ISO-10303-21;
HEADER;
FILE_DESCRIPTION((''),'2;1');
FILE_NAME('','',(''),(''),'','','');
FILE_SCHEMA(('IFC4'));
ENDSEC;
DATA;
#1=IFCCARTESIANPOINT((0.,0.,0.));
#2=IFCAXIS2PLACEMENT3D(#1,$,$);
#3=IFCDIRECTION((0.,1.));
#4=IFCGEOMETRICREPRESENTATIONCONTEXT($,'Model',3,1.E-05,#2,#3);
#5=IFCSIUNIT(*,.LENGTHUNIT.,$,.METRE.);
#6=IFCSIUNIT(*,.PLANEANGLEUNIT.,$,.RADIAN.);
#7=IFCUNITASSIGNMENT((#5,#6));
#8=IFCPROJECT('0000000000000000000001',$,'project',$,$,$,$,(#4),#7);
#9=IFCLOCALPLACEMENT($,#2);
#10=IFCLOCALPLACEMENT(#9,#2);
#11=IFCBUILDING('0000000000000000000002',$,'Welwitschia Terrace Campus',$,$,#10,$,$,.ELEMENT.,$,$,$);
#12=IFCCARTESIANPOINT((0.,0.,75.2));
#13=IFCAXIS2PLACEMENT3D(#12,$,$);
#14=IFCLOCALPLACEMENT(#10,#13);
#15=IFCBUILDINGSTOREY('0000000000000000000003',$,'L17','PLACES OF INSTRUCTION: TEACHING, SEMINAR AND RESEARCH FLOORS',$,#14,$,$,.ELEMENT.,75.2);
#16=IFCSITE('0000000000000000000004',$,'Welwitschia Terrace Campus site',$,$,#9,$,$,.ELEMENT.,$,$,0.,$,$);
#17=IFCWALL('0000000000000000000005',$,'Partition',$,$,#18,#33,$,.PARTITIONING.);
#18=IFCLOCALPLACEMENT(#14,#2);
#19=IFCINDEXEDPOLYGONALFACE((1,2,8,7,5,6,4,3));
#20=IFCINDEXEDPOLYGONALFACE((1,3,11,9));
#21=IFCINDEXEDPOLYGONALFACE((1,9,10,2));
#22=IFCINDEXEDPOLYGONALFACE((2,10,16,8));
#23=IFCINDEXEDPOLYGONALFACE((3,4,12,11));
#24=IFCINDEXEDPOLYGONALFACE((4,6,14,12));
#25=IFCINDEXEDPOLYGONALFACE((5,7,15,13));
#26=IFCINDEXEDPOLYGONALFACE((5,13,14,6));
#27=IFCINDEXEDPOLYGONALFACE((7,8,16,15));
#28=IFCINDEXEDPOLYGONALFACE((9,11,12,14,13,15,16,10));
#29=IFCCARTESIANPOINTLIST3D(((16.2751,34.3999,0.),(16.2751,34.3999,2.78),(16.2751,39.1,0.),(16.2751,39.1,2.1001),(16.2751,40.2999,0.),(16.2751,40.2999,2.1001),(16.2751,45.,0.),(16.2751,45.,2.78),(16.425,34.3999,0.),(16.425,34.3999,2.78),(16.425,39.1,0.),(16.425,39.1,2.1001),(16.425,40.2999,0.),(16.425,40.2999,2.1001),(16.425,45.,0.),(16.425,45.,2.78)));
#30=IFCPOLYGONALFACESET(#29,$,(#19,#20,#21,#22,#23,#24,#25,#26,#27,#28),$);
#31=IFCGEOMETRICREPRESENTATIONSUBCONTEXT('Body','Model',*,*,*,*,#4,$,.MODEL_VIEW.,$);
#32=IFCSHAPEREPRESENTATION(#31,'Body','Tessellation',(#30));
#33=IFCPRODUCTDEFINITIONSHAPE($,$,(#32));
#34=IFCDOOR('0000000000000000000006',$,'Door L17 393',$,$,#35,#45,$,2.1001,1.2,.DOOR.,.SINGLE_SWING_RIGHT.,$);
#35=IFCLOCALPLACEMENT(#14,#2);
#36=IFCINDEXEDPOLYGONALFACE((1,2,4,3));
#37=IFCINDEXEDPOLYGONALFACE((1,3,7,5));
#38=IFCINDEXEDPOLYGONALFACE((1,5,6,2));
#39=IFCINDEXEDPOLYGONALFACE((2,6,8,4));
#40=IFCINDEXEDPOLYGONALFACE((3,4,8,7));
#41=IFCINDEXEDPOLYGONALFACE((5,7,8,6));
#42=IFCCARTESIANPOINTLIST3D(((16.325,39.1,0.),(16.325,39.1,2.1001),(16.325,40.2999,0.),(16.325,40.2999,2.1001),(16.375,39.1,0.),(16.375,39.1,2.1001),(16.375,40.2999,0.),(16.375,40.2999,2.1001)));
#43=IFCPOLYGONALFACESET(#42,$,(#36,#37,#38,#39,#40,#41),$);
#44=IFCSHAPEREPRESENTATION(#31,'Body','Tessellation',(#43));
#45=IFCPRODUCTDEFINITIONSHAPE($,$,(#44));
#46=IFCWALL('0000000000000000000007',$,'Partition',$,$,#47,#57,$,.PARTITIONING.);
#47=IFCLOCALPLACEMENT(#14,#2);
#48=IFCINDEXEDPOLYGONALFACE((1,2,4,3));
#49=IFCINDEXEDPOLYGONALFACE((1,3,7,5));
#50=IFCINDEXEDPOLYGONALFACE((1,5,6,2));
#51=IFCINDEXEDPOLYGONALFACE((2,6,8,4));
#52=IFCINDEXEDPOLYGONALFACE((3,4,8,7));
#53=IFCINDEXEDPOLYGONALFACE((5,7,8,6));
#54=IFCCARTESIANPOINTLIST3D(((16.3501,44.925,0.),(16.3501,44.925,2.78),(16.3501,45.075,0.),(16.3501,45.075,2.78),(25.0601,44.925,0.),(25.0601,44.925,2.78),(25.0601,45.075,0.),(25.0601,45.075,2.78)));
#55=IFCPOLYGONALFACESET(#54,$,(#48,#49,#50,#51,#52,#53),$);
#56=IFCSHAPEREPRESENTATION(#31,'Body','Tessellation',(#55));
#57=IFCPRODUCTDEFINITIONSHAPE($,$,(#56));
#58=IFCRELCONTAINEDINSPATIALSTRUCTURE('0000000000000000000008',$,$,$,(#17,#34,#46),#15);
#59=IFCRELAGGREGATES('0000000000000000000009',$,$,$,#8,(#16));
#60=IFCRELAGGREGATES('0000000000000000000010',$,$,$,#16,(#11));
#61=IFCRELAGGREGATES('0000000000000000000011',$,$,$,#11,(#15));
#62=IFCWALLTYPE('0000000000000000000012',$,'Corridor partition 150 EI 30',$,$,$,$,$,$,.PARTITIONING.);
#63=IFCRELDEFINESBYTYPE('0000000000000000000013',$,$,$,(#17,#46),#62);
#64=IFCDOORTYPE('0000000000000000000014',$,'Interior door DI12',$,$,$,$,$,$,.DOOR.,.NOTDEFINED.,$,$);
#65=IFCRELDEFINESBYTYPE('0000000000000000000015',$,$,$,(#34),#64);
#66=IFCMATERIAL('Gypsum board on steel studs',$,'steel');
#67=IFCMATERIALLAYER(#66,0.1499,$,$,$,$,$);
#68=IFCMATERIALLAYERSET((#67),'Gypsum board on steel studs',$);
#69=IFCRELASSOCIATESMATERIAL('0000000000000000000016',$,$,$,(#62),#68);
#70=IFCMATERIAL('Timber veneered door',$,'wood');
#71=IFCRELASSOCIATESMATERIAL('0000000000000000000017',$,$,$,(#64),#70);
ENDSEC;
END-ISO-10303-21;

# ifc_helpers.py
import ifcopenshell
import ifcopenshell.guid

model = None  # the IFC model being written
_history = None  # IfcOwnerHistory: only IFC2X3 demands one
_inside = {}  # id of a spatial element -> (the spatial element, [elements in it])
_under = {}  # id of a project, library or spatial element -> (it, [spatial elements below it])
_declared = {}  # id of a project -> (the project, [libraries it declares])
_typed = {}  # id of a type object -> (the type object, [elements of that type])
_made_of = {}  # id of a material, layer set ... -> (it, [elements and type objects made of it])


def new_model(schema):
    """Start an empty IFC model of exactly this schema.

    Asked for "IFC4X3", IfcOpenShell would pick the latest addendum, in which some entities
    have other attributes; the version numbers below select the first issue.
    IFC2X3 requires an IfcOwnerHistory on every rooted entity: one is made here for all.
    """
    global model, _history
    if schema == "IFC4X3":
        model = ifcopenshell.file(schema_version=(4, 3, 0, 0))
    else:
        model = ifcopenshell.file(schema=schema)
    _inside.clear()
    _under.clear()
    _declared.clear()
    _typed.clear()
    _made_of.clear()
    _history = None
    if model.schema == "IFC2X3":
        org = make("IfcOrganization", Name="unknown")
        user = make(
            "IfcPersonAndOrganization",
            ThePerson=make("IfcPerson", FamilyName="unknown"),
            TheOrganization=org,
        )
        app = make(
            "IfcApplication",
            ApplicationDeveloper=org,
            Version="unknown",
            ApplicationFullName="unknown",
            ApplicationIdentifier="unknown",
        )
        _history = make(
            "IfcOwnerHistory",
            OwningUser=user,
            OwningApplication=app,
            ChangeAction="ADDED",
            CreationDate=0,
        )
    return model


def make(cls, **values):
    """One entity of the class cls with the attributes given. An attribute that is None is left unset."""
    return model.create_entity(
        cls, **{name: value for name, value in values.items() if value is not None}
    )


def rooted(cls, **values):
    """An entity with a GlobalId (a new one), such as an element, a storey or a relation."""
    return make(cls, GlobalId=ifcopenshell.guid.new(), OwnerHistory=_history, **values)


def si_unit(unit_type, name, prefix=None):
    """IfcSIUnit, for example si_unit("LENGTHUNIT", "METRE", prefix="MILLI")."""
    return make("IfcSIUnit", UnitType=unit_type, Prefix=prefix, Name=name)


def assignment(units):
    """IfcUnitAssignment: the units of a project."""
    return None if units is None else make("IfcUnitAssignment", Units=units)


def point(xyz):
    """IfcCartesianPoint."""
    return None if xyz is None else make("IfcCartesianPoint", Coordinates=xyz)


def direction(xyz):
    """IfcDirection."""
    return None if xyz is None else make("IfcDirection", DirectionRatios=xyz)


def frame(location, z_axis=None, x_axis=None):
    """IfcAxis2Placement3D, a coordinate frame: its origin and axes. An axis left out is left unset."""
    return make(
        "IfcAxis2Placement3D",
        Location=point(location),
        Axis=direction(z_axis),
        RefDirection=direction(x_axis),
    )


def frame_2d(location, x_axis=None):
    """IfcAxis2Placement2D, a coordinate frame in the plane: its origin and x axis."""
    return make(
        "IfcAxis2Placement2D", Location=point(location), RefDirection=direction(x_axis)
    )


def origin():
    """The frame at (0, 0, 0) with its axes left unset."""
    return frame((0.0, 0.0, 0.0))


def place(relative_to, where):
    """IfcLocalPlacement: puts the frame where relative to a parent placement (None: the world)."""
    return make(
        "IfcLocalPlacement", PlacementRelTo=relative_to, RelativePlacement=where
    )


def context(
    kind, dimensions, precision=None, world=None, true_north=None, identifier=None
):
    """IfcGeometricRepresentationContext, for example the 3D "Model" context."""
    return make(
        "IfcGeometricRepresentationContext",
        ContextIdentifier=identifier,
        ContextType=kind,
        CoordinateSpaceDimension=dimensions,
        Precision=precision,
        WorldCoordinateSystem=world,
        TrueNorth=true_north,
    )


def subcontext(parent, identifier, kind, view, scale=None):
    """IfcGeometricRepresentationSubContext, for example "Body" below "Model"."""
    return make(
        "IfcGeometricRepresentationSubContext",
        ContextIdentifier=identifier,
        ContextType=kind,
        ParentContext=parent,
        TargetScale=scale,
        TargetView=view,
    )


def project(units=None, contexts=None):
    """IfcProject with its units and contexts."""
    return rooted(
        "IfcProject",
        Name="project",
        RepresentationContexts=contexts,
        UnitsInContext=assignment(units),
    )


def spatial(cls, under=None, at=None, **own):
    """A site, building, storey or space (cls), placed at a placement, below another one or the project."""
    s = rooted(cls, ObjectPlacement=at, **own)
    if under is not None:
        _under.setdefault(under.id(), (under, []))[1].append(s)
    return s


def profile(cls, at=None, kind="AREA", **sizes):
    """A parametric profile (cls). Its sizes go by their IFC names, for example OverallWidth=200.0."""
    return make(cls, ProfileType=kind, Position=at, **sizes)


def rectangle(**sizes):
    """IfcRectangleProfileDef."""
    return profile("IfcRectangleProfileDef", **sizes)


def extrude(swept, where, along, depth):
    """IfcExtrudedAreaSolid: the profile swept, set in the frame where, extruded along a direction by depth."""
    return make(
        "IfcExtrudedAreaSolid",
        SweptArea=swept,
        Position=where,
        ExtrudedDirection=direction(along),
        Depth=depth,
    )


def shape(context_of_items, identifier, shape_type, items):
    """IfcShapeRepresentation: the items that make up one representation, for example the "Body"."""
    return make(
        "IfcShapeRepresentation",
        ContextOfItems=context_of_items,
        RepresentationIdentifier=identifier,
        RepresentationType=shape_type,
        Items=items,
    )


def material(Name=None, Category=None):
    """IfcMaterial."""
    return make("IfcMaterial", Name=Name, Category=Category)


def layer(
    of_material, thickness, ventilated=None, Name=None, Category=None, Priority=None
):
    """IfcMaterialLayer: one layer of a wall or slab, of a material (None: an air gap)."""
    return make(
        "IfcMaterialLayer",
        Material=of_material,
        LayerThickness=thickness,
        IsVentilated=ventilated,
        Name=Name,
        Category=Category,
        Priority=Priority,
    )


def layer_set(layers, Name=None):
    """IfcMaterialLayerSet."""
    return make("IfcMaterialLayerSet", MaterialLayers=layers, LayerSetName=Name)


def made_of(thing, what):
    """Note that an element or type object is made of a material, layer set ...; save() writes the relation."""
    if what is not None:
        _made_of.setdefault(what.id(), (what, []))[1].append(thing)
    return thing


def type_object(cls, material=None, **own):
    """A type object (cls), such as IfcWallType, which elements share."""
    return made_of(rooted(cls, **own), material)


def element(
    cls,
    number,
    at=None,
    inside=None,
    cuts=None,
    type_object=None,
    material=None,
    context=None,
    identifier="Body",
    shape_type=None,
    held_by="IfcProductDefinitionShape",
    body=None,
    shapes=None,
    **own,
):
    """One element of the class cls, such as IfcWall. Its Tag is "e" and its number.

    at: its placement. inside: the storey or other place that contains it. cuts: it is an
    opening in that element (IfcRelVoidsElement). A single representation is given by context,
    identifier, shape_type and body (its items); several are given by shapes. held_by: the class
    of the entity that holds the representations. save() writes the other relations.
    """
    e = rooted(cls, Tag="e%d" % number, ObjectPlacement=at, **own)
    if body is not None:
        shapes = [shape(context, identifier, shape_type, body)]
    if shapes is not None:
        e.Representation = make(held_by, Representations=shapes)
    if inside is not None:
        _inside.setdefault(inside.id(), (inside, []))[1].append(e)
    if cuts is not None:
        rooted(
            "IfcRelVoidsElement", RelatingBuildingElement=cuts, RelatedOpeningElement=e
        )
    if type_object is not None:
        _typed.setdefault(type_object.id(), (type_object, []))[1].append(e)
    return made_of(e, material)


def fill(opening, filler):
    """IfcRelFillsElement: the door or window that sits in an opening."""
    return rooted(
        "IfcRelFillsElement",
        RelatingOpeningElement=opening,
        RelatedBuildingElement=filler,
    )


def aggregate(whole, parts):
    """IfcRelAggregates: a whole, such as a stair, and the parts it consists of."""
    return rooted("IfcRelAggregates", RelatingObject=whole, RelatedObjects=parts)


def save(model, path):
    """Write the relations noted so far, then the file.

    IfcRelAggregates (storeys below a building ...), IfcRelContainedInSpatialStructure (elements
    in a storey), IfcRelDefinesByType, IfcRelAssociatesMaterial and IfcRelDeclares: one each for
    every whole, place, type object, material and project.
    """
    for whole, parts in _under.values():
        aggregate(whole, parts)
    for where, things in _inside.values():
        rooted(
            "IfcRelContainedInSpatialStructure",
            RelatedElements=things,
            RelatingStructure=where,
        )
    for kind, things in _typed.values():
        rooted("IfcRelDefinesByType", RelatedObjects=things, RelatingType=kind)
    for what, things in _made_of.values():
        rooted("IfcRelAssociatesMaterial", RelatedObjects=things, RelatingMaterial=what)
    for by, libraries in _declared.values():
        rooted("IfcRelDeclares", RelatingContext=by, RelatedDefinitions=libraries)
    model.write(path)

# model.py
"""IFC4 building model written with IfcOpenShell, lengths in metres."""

from ifc_helpers import new_model, si_unit, direction, frame, frame_2d, origin, place, context, subcontext, project, spatial, rectangle, extrude, material, layer, layer_set, type_object, element, fill, save


model = new_model("IFC4")

# Units and contexts
model_context = context("Model", 3, precision=1e-05, world=origin(), true_north=direction((0.0, 1.0)))
body_context = subcontext(model_context, "Body", "Model", "MODEL_VIEW")
ifc_project = project(units=[si_unit("LENGTHUNIT", "METRE"), si_unit("PLANEANGLEUNIT", "RADIAN")], contexts=[model_context])

# Site, building, storey
site_placement = place(None, origin())
site = spatial("IfcSite", under=ifc_project, at=site_placement, Name="Welwitschia Terrace Campus site", CompositionType="ELEMENT", RefElevation=0.0)
building_placement = place(site_placement, origin())
building = spatial("IfcBuilding", under=site, at=building_placement, Name="Welwitschia Terrace Campus", CompositionType="ELEMENT")
storey_placement = place(building_placement, frame((0.0, 0.0, 75.2)))
storey = spatial("IfcBuildingStorey", under=building, at=storey_placement, Name="L17", Description="PLACES OF INSTRUCTION: TEACHING, SEMINAR AND RESEARCH FLOORS", CompositionType="ELEMENT", Elevation=75.2)

# Shared definitions
ifc_material_1 = material(Name="Gypsum board on steel studs", Category="steel")
ifc_layer_1 = layer(ifc_material_1, 0.1499)
ifc_layer_set_1 = layer_set([ifc_layer_1], Name="Gypsum board on steel studs")
wall_type = type_object("IfcWallType", Name="Corridor partition 150 EI 30", PredefinedType="PARTITIONING", material=ifc_layer_set_1)

# Wall, opening, door
wall_1_placement = place(storey_placement, frame((16.3501, 45.0, 0.0), z_axis=(0.0, 0.0, 1.0), x_axis=(0.0, -1.0, 0.0)))
wall_1 = element("IfcWall", 1, at=wall_1_placement, inside=storey, type_object=wall_type, Name="Partition", PredefinedType="PARTITIONING", context=body_context, shape_type="SweptSolid", body=[
    extrude(rectangle(XDim=10.6001, YDim=0.1499, at=frame_2d((5.3, 0.0))), origin(), (0.0, 0.0, 1.0), 2.78),
])
opening_1_placement = place(wall_1_placement, frame((4.7, 0.0, 0.0)))
opening_1 = element("IfcOpeningElement", 2, at=opening_1_placement, cuts=wall_1, PredefinedType="OPENING", context=body_context, shape_type="SweptSolid", body=[
    extrude(rectangle(XDim=1.2, YDim=2.1001, at=frame_2d((0.6001, 1.05))), frame((0.0, 0.085, 0.0), z_axis=(0.0, -1.0, 0.0), x_axis=(1.0, 0.0, 0.0)), (0.0, 0.0, 1.0), 0.1699),
])
ifc_material_2 = material(Name="Timber veneered door", Category="wood")
door_type_1 = type_object("IfcDoorType", Name="Interior door DI12", OperationType="NOTDEFINED", PredefinedType="DOOR", material=ifc_material_2)
door_1_placement = place(opening_1_placement, origin())
door_1 = element("IfcDoor", 3, at=door_1_placement, inside=storey, type_object=door_type_1, Name="Door L17 393", OperationType="SINGLE_SWING_RIGHT", OverallHeight=2.1001, OverallWidth=1.2, PredefinedType="DOOR", context=body_context, shape_type="SweptSolid", body=[
    extrude(rectangle(XDim=1.2, YDim=2.1001, at=frame_2d((0.6001, 1.05))), frame((0.0, 0.0249, 0.0), z_axis=(0.0, -1.0, 0.0), x_axis=(1.0, 0.0, 0.0)), (0.0, 0.0, 1.0), 0.05),
])
fill(opening_1, door_1)

# Wall
wall_2_placement = place(storey_placement, frame((16.3501, 45.0, 0.0), z_axis=(0.0, 0.0, 1.0), x_axis=(1.0, 0.0, 0.0)))
element("IfcWall", 4, at=wall_2_placement, inside=storey, type_object=wall_type, Name="Partition", PredefinedType="PARTITIONING", context=body_context, shape_type="SweptSolid", body=[
    extrude(rectangle(XDim=8.71, YDim=0.1499, at=frame_2d((4.355, 0.0))), origin(), (0.0, 0.0, 1.0), 2.78),
])

save(model, "model.ifc")
